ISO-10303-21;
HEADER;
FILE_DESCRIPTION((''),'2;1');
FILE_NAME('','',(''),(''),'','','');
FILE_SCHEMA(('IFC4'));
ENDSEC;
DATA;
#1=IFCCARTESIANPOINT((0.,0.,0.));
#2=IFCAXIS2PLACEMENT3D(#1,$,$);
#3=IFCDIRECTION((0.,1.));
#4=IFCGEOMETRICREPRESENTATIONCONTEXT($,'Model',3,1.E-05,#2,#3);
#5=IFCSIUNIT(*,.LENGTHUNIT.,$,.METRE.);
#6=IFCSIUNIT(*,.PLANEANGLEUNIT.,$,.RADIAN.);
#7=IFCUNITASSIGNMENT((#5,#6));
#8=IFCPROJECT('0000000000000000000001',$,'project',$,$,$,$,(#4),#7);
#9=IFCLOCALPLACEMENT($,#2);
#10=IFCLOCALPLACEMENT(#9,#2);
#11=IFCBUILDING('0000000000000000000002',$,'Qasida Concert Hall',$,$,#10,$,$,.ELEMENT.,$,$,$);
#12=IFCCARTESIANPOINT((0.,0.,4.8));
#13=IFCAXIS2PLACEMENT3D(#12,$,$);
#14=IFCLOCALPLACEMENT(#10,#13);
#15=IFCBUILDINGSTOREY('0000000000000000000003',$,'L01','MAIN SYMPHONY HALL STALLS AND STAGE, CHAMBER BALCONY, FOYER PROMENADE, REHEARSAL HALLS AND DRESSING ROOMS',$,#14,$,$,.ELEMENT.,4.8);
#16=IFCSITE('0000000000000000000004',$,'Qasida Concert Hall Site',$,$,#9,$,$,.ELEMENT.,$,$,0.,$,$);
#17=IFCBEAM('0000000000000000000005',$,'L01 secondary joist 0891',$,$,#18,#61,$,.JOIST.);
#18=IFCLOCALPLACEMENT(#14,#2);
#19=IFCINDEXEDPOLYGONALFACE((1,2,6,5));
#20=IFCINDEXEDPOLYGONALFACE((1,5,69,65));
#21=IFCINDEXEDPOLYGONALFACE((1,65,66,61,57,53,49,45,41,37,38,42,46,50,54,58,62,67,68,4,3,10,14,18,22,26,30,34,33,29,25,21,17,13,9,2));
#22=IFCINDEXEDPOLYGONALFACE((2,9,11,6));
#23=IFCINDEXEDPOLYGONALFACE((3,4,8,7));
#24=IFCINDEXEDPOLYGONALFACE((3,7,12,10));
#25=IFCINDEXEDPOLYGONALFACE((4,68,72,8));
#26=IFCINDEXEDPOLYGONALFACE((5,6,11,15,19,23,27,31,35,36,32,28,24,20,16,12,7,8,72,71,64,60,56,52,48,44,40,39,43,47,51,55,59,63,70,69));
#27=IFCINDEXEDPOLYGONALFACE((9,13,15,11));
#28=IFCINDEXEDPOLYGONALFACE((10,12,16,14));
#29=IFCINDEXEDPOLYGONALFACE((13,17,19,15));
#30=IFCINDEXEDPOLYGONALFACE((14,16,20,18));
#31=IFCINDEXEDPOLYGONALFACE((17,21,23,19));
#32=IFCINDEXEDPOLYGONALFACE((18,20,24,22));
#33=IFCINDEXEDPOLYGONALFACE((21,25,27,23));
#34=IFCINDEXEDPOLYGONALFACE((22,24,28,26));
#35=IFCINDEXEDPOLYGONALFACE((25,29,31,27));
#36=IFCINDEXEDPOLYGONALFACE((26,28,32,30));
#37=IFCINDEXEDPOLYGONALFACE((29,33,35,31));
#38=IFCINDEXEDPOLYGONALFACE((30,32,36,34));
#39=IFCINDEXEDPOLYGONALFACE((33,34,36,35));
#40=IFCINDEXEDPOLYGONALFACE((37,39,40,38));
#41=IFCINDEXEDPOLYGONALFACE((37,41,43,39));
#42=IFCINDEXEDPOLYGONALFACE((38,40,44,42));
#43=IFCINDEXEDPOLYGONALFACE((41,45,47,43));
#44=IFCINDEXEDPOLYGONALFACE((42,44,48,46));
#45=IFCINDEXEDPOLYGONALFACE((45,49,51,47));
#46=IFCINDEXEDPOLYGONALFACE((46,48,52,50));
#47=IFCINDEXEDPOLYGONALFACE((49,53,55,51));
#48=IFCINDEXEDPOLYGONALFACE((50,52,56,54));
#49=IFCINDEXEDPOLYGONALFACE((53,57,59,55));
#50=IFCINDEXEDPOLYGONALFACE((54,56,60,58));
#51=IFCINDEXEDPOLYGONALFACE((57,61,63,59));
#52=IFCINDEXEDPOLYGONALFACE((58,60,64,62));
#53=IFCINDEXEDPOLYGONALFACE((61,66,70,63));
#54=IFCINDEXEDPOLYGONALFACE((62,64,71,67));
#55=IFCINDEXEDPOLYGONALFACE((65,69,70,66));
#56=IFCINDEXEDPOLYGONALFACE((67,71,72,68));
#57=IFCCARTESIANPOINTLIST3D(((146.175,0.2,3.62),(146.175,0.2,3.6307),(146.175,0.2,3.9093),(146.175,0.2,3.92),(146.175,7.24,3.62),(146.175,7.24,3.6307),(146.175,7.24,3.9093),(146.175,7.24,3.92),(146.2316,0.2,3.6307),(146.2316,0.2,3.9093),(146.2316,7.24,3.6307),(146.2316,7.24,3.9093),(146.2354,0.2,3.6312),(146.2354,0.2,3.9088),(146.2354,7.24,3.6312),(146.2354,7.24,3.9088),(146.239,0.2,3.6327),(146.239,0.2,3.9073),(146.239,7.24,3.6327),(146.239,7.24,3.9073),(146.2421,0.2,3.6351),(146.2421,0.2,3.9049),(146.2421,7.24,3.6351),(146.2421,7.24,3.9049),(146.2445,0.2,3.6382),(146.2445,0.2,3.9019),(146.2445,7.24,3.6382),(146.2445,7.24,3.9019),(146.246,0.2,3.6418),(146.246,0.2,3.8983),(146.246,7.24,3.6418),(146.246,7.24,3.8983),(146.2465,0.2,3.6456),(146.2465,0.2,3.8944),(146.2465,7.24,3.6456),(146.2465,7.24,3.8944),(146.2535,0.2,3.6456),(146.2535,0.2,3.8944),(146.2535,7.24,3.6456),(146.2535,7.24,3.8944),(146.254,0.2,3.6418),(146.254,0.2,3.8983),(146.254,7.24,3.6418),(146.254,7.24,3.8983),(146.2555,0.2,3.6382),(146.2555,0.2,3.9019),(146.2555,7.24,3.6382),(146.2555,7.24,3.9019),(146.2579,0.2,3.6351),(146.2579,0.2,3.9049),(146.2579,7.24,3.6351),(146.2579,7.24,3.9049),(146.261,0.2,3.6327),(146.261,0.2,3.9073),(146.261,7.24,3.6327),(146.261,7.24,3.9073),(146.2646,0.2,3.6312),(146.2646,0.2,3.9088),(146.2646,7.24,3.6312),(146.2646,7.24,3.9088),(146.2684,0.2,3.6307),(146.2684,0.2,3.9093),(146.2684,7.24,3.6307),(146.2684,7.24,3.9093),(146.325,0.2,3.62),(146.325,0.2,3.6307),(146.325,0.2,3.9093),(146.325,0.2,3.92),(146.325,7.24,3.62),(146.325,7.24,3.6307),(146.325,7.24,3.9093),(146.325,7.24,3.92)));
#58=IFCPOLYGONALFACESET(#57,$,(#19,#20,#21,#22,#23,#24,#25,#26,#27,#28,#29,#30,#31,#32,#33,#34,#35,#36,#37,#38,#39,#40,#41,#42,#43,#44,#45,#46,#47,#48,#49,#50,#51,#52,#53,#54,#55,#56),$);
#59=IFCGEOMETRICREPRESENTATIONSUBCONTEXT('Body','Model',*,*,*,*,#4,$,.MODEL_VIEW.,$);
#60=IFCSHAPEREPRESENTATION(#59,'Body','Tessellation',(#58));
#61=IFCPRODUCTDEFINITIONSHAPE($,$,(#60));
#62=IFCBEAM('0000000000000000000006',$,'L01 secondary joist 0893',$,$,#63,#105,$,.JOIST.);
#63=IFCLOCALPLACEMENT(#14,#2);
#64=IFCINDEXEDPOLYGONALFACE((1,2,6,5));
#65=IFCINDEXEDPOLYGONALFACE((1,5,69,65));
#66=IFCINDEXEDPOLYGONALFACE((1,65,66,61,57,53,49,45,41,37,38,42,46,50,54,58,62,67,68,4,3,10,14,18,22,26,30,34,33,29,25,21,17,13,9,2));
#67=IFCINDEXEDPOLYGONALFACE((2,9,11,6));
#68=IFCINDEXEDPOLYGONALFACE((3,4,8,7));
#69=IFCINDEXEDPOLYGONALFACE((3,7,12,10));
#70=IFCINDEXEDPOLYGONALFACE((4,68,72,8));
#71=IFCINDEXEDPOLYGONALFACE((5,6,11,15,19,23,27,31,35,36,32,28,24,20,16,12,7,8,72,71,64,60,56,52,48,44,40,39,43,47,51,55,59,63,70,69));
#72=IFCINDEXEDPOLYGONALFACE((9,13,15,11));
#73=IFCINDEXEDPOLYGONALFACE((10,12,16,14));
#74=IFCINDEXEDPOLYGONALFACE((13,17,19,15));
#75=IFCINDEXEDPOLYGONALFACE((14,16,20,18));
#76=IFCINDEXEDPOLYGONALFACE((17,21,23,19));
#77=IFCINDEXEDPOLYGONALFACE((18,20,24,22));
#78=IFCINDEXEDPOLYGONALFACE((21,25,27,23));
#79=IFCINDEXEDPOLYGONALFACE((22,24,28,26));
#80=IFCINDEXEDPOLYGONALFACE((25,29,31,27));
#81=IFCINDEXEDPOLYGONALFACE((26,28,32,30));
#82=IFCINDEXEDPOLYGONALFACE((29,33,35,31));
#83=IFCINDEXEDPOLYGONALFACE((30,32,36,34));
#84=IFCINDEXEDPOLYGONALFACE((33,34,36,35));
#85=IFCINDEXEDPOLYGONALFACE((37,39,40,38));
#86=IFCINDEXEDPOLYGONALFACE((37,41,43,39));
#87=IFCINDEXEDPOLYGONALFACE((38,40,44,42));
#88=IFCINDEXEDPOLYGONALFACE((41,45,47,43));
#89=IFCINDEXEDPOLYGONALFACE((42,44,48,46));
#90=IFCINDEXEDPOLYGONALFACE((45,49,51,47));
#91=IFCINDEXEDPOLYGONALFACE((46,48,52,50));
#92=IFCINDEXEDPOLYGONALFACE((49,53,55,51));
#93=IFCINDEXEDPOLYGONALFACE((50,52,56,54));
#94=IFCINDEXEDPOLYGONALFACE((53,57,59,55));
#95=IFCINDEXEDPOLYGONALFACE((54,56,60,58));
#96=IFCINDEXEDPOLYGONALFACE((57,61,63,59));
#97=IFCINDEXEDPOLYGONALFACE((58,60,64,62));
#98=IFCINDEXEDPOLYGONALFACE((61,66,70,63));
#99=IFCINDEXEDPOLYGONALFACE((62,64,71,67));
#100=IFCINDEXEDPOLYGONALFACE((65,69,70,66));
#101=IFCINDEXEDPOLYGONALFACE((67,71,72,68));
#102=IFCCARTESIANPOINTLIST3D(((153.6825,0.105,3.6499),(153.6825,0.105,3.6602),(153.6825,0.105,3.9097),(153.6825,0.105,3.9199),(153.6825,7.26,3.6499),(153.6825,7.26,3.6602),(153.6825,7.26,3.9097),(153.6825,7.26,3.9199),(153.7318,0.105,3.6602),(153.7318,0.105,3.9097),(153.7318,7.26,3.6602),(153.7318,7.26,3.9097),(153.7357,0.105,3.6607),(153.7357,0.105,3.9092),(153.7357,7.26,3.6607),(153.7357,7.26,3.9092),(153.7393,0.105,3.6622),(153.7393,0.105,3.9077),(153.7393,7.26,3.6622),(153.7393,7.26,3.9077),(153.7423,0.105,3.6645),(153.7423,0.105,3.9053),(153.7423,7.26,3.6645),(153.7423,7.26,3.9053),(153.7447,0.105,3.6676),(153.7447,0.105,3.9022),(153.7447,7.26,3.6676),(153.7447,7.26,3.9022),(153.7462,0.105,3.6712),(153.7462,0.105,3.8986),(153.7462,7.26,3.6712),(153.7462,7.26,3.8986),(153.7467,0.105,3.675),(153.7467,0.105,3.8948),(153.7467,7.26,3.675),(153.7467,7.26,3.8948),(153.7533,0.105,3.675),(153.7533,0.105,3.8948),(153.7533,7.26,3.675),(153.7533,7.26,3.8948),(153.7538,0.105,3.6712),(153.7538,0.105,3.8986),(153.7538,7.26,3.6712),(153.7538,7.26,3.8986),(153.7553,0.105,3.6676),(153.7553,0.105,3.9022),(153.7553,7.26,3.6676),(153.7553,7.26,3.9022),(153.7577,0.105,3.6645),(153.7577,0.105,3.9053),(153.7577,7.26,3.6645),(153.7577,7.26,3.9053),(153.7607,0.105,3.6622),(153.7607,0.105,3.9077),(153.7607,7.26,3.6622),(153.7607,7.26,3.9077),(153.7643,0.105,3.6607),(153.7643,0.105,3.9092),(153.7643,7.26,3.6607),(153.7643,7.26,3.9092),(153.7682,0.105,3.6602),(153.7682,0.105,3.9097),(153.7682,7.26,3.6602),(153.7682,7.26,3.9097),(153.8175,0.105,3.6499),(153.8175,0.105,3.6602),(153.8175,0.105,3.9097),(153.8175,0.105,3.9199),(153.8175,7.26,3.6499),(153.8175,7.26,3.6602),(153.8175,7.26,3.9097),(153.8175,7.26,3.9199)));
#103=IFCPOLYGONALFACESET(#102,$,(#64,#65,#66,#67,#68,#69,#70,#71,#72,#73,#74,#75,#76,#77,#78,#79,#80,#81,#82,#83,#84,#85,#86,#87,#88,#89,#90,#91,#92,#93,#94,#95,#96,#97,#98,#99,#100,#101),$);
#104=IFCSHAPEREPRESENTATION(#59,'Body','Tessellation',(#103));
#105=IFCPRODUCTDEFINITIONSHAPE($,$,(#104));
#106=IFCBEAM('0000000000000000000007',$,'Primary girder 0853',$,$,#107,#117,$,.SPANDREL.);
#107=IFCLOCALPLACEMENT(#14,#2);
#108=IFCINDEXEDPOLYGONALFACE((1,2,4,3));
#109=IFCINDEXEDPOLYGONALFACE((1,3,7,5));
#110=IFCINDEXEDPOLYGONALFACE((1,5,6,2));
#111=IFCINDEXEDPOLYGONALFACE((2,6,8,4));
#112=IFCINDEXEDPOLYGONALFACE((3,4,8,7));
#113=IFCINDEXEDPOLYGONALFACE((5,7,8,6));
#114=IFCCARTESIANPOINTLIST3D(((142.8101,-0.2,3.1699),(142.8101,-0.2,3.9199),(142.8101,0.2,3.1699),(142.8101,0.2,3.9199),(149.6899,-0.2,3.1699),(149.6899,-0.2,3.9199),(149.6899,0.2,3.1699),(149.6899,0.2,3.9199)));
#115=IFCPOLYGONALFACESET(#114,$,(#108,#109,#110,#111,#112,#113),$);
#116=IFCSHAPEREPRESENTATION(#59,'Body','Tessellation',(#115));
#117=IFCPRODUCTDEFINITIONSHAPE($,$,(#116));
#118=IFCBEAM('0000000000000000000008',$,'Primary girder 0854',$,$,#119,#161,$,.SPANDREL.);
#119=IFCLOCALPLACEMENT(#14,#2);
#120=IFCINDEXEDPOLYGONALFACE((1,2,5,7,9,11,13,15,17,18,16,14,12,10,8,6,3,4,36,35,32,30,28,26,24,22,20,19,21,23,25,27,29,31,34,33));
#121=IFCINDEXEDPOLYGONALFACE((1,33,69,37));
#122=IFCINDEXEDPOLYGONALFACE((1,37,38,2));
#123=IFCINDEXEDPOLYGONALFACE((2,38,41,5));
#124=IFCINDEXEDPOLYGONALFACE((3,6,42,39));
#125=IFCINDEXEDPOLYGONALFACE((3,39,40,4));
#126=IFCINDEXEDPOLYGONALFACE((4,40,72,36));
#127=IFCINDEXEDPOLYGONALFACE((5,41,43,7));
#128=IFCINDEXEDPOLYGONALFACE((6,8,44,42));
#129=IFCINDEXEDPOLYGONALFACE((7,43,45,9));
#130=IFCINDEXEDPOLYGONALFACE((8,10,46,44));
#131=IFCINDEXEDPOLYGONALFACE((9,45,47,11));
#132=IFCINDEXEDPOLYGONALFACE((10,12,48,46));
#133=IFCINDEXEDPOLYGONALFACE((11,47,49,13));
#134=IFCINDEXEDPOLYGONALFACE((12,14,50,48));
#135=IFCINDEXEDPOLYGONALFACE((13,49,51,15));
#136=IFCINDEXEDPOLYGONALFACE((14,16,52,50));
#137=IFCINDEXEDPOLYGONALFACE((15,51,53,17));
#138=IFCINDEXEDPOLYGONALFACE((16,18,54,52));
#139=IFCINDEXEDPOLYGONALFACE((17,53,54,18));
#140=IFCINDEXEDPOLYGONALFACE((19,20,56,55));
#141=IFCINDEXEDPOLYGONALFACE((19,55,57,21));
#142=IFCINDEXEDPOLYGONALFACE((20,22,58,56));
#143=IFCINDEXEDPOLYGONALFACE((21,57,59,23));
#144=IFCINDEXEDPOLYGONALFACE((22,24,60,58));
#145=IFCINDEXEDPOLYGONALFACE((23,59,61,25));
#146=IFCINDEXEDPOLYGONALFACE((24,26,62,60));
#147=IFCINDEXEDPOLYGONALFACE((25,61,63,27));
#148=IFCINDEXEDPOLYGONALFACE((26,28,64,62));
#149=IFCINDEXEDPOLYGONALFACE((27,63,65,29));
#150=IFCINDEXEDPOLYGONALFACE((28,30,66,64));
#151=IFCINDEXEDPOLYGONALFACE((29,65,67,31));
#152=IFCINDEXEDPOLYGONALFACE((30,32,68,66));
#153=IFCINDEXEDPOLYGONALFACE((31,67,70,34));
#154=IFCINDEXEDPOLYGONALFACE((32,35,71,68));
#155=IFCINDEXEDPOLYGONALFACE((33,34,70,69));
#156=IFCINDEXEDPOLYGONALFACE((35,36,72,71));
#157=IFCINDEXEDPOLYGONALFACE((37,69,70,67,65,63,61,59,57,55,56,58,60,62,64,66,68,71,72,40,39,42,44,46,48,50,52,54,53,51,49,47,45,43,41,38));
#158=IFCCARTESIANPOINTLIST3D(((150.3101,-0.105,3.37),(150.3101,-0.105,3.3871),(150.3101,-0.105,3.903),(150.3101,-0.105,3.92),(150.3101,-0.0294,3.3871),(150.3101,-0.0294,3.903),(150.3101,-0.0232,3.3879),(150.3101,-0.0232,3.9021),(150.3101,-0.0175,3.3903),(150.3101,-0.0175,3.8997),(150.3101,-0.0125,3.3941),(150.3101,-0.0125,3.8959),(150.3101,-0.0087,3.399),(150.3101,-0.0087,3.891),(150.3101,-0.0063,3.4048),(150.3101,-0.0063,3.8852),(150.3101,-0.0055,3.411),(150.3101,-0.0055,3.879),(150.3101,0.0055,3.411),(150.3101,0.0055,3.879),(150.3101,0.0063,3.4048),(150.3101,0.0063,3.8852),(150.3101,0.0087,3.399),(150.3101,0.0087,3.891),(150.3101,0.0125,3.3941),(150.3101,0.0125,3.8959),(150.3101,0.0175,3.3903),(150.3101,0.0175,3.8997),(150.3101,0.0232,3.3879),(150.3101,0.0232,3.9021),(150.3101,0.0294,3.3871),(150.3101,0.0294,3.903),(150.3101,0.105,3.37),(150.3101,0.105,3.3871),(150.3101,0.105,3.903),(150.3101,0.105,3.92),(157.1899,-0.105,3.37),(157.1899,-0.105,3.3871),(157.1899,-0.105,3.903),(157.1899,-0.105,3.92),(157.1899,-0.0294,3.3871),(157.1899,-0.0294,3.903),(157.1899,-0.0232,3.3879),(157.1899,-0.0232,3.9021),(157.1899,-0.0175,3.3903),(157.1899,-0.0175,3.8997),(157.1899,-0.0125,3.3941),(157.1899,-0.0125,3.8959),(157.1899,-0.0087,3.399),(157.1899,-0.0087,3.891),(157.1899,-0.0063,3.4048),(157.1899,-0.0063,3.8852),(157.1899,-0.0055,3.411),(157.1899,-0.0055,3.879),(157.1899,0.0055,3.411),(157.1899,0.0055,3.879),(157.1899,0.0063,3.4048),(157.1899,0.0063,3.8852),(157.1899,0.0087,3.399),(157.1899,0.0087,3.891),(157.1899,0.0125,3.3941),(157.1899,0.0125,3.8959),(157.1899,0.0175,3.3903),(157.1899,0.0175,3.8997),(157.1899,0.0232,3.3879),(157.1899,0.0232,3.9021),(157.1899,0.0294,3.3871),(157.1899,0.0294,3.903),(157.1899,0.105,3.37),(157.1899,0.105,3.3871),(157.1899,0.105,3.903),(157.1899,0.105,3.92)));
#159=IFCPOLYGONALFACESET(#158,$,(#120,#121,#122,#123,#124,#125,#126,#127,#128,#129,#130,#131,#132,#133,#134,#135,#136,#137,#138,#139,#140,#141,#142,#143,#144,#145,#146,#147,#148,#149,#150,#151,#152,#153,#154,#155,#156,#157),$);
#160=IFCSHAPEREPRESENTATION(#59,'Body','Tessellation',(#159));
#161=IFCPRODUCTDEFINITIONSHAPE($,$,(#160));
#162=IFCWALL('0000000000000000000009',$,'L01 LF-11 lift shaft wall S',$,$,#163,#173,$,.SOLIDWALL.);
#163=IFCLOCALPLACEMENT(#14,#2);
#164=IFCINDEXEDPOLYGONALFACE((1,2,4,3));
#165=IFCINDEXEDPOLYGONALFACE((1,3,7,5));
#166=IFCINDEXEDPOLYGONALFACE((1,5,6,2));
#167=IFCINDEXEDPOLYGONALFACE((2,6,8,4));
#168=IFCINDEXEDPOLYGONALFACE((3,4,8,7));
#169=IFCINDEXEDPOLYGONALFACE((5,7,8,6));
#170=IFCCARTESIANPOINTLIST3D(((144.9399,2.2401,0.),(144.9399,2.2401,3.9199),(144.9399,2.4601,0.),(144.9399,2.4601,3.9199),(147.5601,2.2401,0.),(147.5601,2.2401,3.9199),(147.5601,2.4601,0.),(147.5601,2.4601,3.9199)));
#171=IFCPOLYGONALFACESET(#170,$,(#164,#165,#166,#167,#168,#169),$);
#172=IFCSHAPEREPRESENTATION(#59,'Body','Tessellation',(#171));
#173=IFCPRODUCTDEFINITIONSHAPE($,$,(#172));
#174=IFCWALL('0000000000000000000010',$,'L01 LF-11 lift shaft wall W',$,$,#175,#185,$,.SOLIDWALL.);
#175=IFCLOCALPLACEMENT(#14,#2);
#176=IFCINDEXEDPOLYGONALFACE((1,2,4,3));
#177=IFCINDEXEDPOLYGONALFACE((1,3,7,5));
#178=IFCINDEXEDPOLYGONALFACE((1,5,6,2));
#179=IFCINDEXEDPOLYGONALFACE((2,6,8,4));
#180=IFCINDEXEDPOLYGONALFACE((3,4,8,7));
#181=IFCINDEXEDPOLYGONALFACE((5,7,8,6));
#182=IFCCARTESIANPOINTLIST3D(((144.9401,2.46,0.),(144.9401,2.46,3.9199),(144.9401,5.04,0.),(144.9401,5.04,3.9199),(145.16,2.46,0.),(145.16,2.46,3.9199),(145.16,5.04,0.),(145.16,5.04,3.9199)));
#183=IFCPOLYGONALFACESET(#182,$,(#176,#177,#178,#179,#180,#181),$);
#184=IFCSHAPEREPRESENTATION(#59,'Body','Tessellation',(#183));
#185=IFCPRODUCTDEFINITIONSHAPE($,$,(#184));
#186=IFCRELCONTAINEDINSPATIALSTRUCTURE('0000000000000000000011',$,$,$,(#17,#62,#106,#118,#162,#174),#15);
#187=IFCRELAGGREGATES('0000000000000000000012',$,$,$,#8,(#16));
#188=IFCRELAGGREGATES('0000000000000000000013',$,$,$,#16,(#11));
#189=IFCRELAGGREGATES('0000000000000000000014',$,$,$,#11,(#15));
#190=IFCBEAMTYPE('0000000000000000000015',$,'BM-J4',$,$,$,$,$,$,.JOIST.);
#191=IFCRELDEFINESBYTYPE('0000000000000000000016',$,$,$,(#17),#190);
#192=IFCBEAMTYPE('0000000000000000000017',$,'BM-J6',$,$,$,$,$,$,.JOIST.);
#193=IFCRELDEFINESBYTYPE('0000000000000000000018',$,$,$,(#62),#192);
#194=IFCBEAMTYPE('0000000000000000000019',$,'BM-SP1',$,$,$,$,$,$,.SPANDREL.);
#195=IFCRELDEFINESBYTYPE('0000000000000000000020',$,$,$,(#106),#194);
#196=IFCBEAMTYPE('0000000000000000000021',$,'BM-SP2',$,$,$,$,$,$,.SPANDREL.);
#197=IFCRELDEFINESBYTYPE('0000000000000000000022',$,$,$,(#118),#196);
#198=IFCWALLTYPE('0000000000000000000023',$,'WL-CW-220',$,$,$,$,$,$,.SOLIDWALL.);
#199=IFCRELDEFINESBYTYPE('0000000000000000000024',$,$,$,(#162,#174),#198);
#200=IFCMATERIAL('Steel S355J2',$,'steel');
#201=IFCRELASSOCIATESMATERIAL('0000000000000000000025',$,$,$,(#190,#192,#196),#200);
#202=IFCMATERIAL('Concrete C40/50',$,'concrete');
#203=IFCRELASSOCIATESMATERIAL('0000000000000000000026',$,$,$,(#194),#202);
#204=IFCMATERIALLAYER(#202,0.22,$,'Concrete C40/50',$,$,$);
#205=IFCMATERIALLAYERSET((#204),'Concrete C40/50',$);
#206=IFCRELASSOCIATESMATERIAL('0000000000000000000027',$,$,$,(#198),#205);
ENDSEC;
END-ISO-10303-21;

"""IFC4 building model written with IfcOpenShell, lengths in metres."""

from ifc_helpers import new_model, si_unit, direction, frame, frame_2d, origin, origin_2d, place, context, subcontext, project, spatial, rectangle, i_section, extrude, material, layer, layer_set, material_profile, profile_set, type_object, element, save


model = new_model("IFC4")

# Units and contexts
model_context = context("Model", 3, precision=1e-05, world=origin(), true_north=direction((0.0, 1.0)))
body_context = subcontext(model_context, "Body", "Model", "MODEL_VIEW")
ifc_project = project(units=[si_unit("LENGTHUNIT", "METRE"), si_unit("PLANEANGLEUNIT", "RADIAN")], contexts=[model_context])

# Site, building, storey
site_placement = place(None, origin())
site = spatial("IfcSite", under=ifc_project, at=site_placement, Name="Qasida Concert Hall Site", CompositionType="ELEMENT", RefElevation=0.0)
building_placement = place(site_placement, origin())
building = spatial("IfcBuilding", under=site, at=building_placement, Name="Qasida Concert Hall", CompositionType="ELEMENT")
storey_placement = place(building_placement, frame((0.0, 0.0, 4.8)))
storey = spatial("IfcBuildingStorey", under=building, at=storey_placement, Name="L01", Description="MAIN SYMPHONY HALL STALLS AND STAGE, CHAMBER BALCONY, FOYER PROMENADE, REHEARSAL HALLS AND DRESSING ROOMS", CompositionType="ELEMENT", Elevation=4.8)

# Beams
ifc_material_1 = material(Name="Steel S355J2", Category="steel")
ifc_material_2 = material(Name="Concrete C40/50", Category="concrete")
ifc_material_profile_1 = material_profile(ifc_material_1, i_section(OverallWidth=0.1499, OverallDepth=0.3, WebThickness=0.0071, FlangeThickness=0.0107, FilletRadius=0.0149, at=origin_2d()), Name="IPE 300")
ifc_profile_set_1 = profile_set([ifc_material_profile_1], Name="Steel S355J2")
beam_type_1 = type_object("IfcBeamType", Name="BM-J4", PredefinedType="JOIST", material=ifc_profile_set_1)
beam_1_placement = place(storey_placement, frame((146.25, 0.2, 3.77), z_axis=(0.0, 1.0, 0.0), x_axis=(-1.0, 0.0, 0.0)))
element("IfcBeam", 1, at=beam_1_placement, inside=storey, type_object=beam_type_1, Name="L01 secondary joist 0891", PredefinedType="JOIST", context=body_context, shape_type="SweptSolid", body=[
    extrude(i_section(OverallWidth=0.1499, OverallDepth=0.3, WebThickness=0.0071, FlangeThickness=0.0107, FilletRadius=0.0149, at=origin_2d()), origin(), (0.0, 0.0, 1.0), 7.04),
])
ifc_material_profile_2 = material_profile(ifc_material_1, i_section(OverallWidth=0.135, OverallDepth=0.27, WebThickness=0.0066, FlangeThickness=0.0103, FilletRadius=0.0149, at=origin_2d()), Name="IPE 270")
ifc_profile_set_2 = profile_set([ifc_material_profile_2], Name="Steel S355J2")
beam_type_2 = type_object("IfcBeamType", Name="BM-J6", PredefinedType="JOIST", material=ifc_profile_set_2)
beam_2_placement = place(storey_placement, frame((153.75, 0.105, 3.7849), z_axis=(0.0, 1.0, 0.0), x_axis=(-1.0, 0.0, 0.0)))
element("IfcBeam", 2, at=beam_2_placement, inside=storey, type_object=beam_type_2, Name="L01 secondary joist 0893", PredefinedType="JOIST", context=body_context, shape_type="SweptSolid", body=[
    extrude(i_section(OverallWidth=0.135, OverallDepth=0.27, WebThickness=0.0066, FlangeThickness=0.0103, FilletRadius=0.0149, at=origin_2d()), origin(), (0.0, 0.0, 1.0), 7.155),
])
ifc_material_profile_3 = material_profile(ifc_material_2, rectangle(XDim=0.3999, YDim=0.75, at=origin_2d()), Name="RC 400x750")
ifc_profile_set_3 = profile_set([ifc_material_profile_3], Name="Concrete C40/50")
beam_type_3 = type_object("IfcBeamType", Name="BM-SP1", PredefinedType="SPANDREL", material=ifc_profile_set_3)
beam_3_placement = place(storey_placement, frame((142.8101, 0.0, 3.5449), z_axis=(1.0, 0.0, 0.0), x_axis=(0.0, 1.0, 0.0)))
element("IfcBeam", 3, at=beam_3_placement, inside=storey, type_object=beam_type_3, Name="Primary girder 0853", PredefinedType="SPANDREL", context=body_context, shape_type="SweptSolid", body=[
    extrude(rectangle(XDim=0.3999, YDim=0.75, at=origin_2d()), origin(), (0.0, 0.0, 1.0), 6.8799),
])
ifc_material_profile_4 = material_profile(ifc_material_1, i_section(OverallWidth=0.21, OverallDepth=0.55, WebThickness=0.011, FlangeThickness=0.0171, FilletRadius=0.0239, at=origin_2d()), Name="IPE 550")
ifc_profile_set_4 = profile_set([ifc_material_profile_4], Name="Steel S355J2")
beam_type_4 = type_object("IfcBeamType", Name="BM-SP2", PredefinedType="SPANDREL", material=ifc_profile_set_4)
beam_4_placement = place(storey_placement, frame((150.3101, 0.0, 3.645), z_axis=(1.0, 0.0, 0.0), x_axis=(0.0, 1.0, 0.0)))
element("IfcBeam", 4, at=beam_4_placement, inside=storey, type_object=beam_type_4, Name="Primary girder 0854", PredefinedType="SPANDREL", context=body_context, shape_type="SweptSolid", body=[
    extrude(i_section(OverallWidth=0.21, OverallDepth=0.55, WebThickness=0.011, FlangeThickness=0.0171, FilletRadius=0.0239, at=origin_2d()), origin(), (0.0, 0.0, 1.0), 6.8799),
])

# Wall
ifc_layer_1 = layer(ifc_material_2, 0.22, Name="Concrete C40/50")
ifc_layer_set_1 = layer_set([ifc_layer_1], Name="Concrete C40/50")
wall_type_1 = type_object("IfcWallType", Name="WL-CW-220", PredefinedType="SOLIDWALL", material=ifc_layer_set_1)
wall_1_placement = place(storey_placement, frame((144.9399, 2.3501, 0.0), z_axis=(0.0, 0.0, 1.0), x_axis=(1.0, 0.0, 0.0)))
element("IfcWall", 5, at=wall_1_placement, inside=storey, type_object=wall_type_1, Name="L01 LF-11 lift shaft wall S", PredefinedType="SOLIDWALL", context=body_context, shape_type="SweptSolid", body=[
    extrude(rectangle(XDim=2.6201, YDim=0.22, at=frame_2d((1.3101, 0.0))), origin(), (0.0, 0.0, 1.0), 3.9199),
])

# Wall
for number, where, z_axis, x_axis, name in (
    (6, (145.05, 2.46, 0.0), (0.0, 0.0, 1.0), (0.0, 1.0, 0.0), "L01 LF-11 lift shaft wall W"),
):
    element("IfcWall", number, at=place(storey_placement, frame(where, z_axis=z_axis, x_axis=x_axis)), inside=storey, type_object=wall_type_1, Name=name, PredefinedType="SOLIDWALL", context=body_context, shape_type="SweptSolid", body=[
        extrude(rectangle(XDim=2.5801, YDim=0.22, at=frame_2d((1.29, 0.0))), origin(), (0.0, 0.0, 1.0), 3.9199),
    ])

save(model, "model.ifc")
